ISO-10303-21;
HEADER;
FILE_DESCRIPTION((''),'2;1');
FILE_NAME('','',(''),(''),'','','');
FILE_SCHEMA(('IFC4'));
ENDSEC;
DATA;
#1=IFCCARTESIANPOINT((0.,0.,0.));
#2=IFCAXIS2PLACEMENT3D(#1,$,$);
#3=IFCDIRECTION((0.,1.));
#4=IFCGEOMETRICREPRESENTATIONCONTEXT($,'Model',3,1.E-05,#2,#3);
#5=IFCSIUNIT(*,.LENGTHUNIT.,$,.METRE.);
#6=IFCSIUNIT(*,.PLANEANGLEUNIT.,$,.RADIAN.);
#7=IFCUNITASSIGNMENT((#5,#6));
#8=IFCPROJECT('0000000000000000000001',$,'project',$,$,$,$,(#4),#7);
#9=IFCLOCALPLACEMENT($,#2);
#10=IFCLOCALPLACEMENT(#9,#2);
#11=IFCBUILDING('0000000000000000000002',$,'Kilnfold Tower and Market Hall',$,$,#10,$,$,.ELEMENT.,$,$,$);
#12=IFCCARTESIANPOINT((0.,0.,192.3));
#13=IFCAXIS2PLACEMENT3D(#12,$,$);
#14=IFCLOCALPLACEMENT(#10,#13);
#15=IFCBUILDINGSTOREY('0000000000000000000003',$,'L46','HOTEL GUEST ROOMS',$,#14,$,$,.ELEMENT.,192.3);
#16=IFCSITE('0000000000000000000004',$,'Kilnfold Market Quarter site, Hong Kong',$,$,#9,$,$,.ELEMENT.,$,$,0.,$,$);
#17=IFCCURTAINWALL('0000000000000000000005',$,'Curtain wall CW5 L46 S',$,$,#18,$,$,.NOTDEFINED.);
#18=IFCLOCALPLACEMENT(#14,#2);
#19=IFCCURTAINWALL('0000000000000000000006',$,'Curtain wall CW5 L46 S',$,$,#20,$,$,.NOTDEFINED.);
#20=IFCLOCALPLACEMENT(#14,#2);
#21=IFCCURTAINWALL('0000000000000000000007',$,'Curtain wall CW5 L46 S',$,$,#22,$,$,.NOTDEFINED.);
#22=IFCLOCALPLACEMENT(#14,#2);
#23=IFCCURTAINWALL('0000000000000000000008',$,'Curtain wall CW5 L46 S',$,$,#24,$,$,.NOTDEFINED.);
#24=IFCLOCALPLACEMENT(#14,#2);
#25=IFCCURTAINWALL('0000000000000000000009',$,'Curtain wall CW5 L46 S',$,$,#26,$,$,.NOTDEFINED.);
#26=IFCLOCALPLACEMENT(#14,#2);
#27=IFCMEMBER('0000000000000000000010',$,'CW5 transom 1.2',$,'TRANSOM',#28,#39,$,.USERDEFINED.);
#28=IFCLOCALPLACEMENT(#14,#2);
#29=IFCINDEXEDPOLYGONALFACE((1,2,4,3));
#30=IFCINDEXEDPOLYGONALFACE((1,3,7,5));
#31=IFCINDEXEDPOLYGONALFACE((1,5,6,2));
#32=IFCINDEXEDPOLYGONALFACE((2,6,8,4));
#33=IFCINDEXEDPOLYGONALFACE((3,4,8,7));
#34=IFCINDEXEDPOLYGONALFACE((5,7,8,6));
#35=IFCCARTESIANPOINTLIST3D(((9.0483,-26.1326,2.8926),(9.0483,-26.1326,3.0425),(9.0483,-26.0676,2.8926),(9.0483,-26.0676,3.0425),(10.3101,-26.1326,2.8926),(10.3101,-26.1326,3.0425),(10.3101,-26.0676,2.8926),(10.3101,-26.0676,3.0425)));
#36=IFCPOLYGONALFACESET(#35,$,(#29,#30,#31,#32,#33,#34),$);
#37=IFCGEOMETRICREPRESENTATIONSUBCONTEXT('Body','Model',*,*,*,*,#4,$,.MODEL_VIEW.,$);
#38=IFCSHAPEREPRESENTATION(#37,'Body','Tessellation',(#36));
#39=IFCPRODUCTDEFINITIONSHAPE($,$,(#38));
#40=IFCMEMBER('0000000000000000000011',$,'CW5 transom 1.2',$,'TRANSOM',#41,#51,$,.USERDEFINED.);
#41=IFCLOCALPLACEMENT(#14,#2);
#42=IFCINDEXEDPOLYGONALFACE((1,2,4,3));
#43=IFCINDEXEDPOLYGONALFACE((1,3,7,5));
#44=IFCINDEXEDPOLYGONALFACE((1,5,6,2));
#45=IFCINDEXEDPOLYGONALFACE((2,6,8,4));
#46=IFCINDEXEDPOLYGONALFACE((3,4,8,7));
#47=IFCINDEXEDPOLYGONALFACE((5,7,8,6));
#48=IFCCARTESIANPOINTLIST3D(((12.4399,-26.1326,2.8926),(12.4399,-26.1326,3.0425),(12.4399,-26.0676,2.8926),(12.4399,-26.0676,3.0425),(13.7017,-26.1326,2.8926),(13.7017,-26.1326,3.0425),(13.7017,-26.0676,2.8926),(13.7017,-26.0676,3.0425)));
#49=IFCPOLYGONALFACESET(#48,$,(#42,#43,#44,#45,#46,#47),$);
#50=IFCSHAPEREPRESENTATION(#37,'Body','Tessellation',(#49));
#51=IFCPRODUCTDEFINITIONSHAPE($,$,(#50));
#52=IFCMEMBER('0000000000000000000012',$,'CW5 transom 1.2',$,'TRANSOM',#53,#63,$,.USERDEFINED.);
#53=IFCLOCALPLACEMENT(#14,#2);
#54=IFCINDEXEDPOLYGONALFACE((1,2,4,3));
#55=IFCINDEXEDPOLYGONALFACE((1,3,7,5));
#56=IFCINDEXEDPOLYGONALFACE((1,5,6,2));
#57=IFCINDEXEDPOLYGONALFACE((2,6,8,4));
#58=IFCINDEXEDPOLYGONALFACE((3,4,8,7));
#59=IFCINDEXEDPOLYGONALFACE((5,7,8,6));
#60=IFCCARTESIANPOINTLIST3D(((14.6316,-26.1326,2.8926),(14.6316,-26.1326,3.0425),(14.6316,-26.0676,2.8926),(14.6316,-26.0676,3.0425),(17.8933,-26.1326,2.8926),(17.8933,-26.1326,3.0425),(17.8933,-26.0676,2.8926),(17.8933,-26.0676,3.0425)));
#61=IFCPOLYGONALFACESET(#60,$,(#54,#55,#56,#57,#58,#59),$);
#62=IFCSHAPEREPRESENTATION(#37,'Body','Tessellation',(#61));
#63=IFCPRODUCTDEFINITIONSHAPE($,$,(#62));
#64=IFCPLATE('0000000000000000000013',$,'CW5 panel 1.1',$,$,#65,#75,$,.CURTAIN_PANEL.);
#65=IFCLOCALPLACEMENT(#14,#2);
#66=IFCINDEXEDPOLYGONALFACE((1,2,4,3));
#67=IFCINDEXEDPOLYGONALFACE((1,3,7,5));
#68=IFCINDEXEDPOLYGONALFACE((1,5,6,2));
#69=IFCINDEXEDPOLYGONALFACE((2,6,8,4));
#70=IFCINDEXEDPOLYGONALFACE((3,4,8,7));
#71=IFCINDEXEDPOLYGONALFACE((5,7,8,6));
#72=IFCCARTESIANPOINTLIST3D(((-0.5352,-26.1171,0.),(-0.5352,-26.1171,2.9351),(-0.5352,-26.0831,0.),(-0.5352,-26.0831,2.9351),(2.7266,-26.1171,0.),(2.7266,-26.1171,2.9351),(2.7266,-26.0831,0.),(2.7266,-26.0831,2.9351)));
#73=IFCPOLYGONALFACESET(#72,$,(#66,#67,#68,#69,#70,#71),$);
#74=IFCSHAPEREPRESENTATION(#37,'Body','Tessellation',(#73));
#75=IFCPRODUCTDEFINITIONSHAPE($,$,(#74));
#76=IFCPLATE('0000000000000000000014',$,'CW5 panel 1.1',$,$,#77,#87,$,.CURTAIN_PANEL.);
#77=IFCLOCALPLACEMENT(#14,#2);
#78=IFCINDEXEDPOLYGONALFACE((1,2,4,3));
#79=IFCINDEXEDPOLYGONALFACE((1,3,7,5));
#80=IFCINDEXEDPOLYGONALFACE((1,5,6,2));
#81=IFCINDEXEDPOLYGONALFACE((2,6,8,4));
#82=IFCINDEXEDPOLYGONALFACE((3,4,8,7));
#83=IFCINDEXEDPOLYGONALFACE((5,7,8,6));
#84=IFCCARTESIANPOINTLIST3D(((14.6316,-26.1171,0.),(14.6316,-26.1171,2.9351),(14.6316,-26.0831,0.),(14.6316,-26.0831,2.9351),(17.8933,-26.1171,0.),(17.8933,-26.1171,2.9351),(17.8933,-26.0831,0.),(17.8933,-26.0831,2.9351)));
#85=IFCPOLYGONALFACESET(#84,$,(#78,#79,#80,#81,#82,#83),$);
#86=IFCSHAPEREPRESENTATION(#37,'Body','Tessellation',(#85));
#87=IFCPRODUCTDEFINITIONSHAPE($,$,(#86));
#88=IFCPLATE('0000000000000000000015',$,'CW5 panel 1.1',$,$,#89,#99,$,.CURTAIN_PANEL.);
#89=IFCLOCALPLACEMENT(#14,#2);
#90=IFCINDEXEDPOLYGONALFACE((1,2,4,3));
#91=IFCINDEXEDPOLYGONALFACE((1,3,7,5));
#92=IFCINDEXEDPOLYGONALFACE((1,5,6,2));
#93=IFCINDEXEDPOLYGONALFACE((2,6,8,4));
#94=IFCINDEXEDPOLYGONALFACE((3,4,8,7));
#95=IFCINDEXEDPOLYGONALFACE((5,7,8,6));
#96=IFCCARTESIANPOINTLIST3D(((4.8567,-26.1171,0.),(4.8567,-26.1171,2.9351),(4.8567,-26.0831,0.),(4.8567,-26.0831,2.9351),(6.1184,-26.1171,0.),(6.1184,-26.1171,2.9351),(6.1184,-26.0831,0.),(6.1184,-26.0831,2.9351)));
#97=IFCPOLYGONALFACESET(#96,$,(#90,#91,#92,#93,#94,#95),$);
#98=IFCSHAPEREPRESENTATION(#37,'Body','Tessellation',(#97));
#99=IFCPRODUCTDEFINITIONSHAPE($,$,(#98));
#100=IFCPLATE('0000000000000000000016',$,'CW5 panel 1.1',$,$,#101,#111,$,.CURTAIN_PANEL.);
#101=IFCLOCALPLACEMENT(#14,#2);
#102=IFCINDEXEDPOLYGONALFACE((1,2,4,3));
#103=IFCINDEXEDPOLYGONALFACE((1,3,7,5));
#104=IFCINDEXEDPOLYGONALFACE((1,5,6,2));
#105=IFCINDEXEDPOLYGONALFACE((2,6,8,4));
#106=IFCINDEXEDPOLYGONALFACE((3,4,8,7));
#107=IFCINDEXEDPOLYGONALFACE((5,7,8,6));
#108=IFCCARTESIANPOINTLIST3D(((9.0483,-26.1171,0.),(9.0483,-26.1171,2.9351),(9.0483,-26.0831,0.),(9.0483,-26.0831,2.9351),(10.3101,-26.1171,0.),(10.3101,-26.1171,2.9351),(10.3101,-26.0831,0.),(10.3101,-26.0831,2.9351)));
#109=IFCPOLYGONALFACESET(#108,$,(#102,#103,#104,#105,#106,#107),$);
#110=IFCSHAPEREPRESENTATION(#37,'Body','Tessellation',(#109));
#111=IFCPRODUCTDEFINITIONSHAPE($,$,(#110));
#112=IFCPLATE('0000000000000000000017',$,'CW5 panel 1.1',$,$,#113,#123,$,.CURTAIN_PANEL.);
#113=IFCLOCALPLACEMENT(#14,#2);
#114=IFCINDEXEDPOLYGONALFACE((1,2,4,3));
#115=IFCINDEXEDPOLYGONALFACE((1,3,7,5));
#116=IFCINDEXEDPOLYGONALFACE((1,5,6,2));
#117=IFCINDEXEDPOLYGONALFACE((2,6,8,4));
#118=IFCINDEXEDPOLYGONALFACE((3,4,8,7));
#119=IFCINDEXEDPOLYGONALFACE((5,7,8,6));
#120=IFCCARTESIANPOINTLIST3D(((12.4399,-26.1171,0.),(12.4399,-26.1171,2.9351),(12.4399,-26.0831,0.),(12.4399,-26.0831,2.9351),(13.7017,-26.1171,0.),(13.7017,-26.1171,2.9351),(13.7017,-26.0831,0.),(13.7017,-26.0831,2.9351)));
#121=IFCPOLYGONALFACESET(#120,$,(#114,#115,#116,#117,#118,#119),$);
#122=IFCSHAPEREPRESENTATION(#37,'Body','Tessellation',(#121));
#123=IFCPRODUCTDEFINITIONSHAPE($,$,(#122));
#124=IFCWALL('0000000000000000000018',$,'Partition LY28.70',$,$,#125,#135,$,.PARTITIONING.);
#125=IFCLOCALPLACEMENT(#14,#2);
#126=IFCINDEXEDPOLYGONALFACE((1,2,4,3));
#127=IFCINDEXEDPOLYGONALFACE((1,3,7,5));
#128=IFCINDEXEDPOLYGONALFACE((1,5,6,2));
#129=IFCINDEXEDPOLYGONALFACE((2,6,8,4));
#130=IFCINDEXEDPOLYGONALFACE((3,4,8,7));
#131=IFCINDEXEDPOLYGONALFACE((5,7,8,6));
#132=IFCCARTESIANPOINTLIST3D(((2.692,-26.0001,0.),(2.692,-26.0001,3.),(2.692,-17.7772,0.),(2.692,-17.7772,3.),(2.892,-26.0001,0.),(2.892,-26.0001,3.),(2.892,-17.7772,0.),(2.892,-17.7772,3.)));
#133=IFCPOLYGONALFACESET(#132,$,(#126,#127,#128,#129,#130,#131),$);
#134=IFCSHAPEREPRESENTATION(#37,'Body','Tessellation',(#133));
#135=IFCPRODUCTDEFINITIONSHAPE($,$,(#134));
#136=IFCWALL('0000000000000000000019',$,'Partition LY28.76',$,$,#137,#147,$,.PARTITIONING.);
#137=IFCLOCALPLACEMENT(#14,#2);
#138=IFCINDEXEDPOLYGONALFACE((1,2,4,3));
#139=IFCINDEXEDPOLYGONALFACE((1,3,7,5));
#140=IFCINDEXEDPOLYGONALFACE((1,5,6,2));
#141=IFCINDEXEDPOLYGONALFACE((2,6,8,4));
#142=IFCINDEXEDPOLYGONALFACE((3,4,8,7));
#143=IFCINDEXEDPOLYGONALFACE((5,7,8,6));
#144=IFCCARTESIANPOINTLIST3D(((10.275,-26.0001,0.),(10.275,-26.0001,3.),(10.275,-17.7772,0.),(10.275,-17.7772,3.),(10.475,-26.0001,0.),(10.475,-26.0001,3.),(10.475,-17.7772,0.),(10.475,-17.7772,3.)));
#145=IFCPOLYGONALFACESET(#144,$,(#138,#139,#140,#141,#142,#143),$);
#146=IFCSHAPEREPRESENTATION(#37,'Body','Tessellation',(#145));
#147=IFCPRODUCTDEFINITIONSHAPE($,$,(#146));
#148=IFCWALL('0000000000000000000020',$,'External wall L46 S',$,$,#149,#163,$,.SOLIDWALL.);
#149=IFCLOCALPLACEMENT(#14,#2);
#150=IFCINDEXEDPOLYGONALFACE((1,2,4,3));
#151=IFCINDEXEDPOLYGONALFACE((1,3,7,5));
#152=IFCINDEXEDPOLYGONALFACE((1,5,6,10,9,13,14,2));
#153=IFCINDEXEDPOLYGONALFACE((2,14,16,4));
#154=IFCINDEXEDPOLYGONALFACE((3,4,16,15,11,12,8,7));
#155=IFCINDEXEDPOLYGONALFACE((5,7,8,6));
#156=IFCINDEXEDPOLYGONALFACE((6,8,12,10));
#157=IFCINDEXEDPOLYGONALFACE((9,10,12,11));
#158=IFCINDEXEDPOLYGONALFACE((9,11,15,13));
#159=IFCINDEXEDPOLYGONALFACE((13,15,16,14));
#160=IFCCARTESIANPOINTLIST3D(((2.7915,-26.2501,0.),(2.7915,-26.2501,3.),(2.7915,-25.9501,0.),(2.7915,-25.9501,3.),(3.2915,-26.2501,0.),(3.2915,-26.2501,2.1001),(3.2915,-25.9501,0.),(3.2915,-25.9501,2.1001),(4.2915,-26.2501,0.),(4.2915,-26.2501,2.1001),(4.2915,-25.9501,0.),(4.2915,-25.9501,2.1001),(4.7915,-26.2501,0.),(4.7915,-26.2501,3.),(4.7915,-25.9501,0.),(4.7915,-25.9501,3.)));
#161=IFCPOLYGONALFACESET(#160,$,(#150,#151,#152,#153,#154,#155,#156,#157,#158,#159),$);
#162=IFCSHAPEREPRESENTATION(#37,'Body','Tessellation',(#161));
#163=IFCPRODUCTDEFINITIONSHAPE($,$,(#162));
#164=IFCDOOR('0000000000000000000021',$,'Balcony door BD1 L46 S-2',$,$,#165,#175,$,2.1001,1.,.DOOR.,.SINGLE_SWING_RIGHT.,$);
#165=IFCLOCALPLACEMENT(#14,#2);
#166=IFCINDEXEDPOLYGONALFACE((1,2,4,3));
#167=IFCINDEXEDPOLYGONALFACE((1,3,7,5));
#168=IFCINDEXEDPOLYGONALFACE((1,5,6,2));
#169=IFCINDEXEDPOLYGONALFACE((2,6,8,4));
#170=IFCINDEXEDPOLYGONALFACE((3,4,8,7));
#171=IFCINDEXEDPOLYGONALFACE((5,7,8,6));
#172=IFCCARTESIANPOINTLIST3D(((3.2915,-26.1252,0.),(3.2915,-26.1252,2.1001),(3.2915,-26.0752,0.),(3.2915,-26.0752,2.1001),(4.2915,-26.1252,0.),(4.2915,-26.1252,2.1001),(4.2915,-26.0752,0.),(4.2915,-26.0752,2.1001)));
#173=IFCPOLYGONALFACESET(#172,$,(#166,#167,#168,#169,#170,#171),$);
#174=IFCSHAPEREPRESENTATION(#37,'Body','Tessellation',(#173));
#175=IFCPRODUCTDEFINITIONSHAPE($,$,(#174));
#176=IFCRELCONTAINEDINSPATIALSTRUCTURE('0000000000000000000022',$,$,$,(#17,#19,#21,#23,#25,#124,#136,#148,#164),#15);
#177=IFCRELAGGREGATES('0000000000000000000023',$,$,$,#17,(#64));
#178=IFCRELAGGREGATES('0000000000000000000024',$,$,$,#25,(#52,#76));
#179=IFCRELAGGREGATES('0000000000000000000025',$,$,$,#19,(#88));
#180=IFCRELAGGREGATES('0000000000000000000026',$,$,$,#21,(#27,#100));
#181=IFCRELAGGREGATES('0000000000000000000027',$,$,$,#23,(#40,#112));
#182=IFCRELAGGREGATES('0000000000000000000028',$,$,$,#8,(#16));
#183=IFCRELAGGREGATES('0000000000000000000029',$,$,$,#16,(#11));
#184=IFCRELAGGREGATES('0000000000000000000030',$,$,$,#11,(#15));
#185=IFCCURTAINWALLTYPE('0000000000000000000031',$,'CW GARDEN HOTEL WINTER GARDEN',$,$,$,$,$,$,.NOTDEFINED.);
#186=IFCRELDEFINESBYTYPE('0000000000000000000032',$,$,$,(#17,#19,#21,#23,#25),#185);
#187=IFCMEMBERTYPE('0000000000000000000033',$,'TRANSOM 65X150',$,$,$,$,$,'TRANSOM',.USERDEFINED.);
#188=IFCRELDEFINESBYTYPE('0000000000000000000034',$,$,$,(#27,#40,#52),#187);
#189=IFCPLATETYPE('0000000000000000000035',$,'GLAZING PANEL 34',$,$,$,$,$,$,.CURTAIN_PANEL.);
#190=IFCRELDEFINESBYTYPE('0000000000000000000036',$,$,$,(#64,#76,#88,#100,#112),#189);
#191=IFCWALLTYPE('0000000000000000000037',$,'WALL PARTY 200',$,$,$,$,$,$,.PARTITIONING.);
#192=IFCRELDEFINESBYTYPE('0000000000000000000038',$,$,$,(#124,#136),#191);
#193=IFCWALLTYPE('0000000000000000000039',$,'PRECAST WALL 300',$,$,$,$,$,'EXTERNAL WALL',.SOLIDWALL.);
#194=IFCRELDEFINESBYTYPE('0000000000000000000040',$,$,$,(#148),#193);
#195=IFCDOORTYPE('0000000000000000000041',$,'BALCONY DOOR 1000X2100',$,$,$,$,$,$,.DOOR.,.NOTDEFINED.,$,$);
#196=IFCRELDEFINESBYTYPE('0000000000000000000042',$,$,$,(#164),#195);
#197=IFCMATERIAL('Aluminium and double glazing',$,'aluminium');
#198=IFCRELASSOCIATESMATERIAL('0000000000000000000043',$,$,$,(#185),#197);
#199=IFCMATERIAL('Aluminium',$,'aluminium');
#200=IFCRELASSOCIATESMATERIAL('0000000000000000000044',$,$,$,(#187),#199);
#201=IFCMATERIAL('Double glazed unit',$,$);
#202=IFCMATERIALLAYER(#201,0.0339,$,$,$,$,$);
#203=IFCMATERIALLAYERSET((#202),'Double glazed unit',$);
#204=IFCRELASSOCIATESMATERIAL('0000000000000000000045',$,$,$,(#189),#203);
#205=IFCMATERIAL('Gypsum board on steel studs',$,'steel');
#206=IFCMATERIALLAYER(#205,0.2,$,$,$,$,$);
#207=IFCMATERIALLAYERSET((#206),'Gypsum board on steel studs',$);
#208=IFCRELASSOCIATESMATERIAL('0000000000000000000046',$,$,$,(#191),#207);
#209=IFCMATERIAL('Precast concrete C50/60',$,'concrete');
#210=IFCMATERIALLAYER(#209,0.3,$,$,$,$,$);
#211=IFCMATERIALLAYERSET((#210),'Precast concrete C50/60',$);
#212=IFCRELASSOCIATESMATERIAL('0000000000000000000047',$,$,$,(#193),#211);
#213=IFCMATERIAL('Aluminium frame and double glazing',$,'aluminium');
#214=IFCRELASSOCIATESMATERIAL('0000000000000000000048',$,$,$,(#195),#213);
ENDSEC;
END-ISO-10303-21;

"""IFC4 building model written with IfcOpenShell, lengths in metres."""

from ifc_helpers import new_model, si_unit, direction, frame, frame_2d, origin, origin_2d, place, context, subcontext, project, spatial, rectangle, extrude, source, transform, mapped, material, layer, layer_set, material_profile, profile_set, type_object, element, fill, aggregate, save


model = new_model("IFC4")

# Units and contexts
model_context = context("Model", 3, precision=1e-05, world=origin(), true_north=direction((0.0, 1.0)))
body_context = subcontext(model_context, "Body", "Model", "MODEL_VIEW")
ifc_project = project(units=[si_unit("LENGTHUNIT", "METRE"), si_unit("PLANEANGLEUNIT", "RADIAN")], contexts=[model_context])

# Site, building, storey
site_placement = place(None, origin())
site = spatial("IfcSite", under=ifc_project, at=site_placement, Name="Kilnfold Market Quarter site, Hong Kong", CompositionType="ELEMENT", RefElevation=0.0)
building_placement = place(site_placement, origin())
building = spatial("IfcBuilding", under=site, at=building_placement, Name="Kilnfold Tower and Market Hall", CompositionType="ELEMENT")
storey_placement = place(building_placement, frame((0.0, 0.0, 192.3)))
storey = spatial("IfcBuildingStorey", under=building, at=storey_placement, Name="L46", Description="HOTEL GUEST ROOMS", CompositionType="ELEMENT", Elevation=192.3)

# Curtain walls
ifc_material_1 = material(Name="Aluminium and double glazing", Category="aluminium")
curtain_wall_type = type_object("IfcCurtainWallType", Name="CW GARDEN HOTEL WINTER GARDEN", PredefinedType="NOTDEFINED", material=ifc_material_1)
curtain_wall_1_placement = place(storey_placement, origin())
curtain_wall_1 = element("IfcCurtainWall", 1, at=curtain_wall_1_placement, inside=storey, type_object=curtain_wall_type, Name="Curtain wall CW5 L46 S", PredefinedType="NOTDEFINED")
curtain_wall_2_placement = place(storey_placement, origin())
curtain_wall_2 = element("IfcCurtainWall", 2, at=curtain_wall_2_placement, inside=storey, type_object=curtain_wall_type, Name="Curtain wall CW5 L46 S", PredefinedType="NOTDEFINED")
curtain_wall_3_placement = place(storey_placement, origin())
curtain_wall_3 = element("IfcCurtainWall", 3, at=curtain_wall_3_placement, inside=storey, type_object=curtain_wall_type, Name="Curtain wall CW5 L46 S", PredefinedType="NOTDEFINED")
curtain_wall_4_placement = place(storey_placement, origin())
curtain_wall_4 = element("IfcCurtainWall", 4, at=curtain_wall_4_placement, inside=storey, type_object=curtain_wall_type, Name="Curtain wall CW5 L46 S", PredefinedType="NOTDEFINED")

# Curtain wall
curtain_wall_5_placement = place(storey_placement, origin())
curtain_wall_5 = element("IfcCurtainWall", 5, at=curtain_wall_5_placement, inside=storey, type_object=curtain_wall_type, Name="Curtain wall CW5 L46 S", PredefinedType="NOTDEFINED")

# Members
ifc_material_2 = material(Name="Aluminium", Category="aluminium")
ifc_material_profile_1 = material_profile(ifc_material_2, rectangle(XDim=0.0649, YDim=0.1499, at=origin_2d()), Name="TRANSOM 65x150")
ifc_profile_set_1 = profile_set([ifc_material_profile_1], Name="Aluminium")
member_type_1 = type_object("IfcMemberType", Name="TRANSOM 65X150", ElementType="TRANSOM", PredefinedType="USERDEFINED", material=ifc_profile_set_1)
shared_shape_1 = source(origin(), body_context, "Body", "SweptSolid", [
    extrude(rectangle(XDim=0.0649, YDim=0.1499, at=origin_2d()), origin(), (0.0, 0.0, 1.0), 1.2617),
])
member_1_placement = place(storey_placement, frame((9.0483, -26.1001, 2.9675), z_axis=(1.0, 0.0, 0.0), x_axis=(0.0, 1.0, 0.0)))
member_1 = element("IfcMember", 6, at=member_1_placement, type_object=member_type_1, Name="CW5 transom 1.2", ObjectType="TRANSOM", PredefinedType="USERDEFINED", context=body_context, shape_type="MappedRepresentation", body=[
    mapped(shared_shape_1, transform((0.0, 0.0, 0.0))),
])
member_2_placement = place(storey_placement, frame((12.4399, -26.1001, 2.9675), z_axis=(1.0, 0.0, 0.0), x_axis=(0.0, 1.0, 0.0)))
member_2 = element("IfcMember", 7, at=member_2_placement, type_object=member_type_1, Name="CW5 transom 1.2", ObjectType="TRANSOM", PredefinedType="USERDEFINED", context=body_context, shape_type="MappedRepresentation", body=[
    mapped(shared_shape_1, transform((0.0, 0.0, 0.0))),
])
shared_shape_2 = source(origin(), body_context, "Body", "SweptSolid", [
    extrude(rectangle(XDim=0.0649, YDim=0.1499, at=origin_2d()), origin(), (0.0, 0.0, 1.0), 3.2617),
])
member_3_placement = place(storey_placement, frame((14.6316, -26.1001, 2.9675), z_axis=(1.0, 0.0, 0.0), x_axis=(0.0, 1.0, 0.0)))
member_3 = element("IfcMember", 8, at=member_3_placement, type_object=member_type_1, Name="CW5 transom 1.2", ObjectType="TRANSOM", PredefinedType="USERDEFINED", context=body_context, shape_type="MappedRepresentation", body=[
    mapped(shared_shape_2, transform((0.0, 0.0, 0.0))),
])

# Plates
ifc_material_3 = material(Name="Double glazed unit")
ifc_layer_1 = layer(ifc_material_3, 0.0339)
ifc_layer_set_1 = layer_set([ifc_layer_1], Name="Double glazed unit")
plate_type = type_object("IfcPlateType", Name="GLAZING PANEL 34", PredefinedType="CURTAIN_PANEL", material=ifc_layer_set_1)
shared_shape_3 = source(origin(), body_context, "Body", "SweptSolid", [
    extrude(rectangle(XDim=3.2617, YDim=0.0339, at=origin_2d()), origin(), (0.0, 0.0, 1.0), 2.9351),
])
plate_1_placement = place(storey_placement, frame((1.0957, -26.1001, 0.0), z_axis=(0.0, 0.0, 1.0), x_axis=(1.0, 0.0, 0.0)))
plate_1 = element("IfcPlate", 9, at=plate_1_placement, type_object=plate_type, Name="CW5 panel 1.1", PredefinedType="CURTAIN_PANEL", context=body_context, shape_type="MappedRepresentation", body=[
    mapped(shared_shape_3, transform((0.0, 0.0, 0.0))),
])
aggregate(curtain_wall_1, [plate_1])
plate_2_placement = place(storey_placement, frame((16.2625, -26.1001, 0.0), z_axis=(0.0, 0.0, 1.0), x_axis=(1.0, 0.0, 0.0)))
plate_2 = element("IfcPlate", 10, at=plate_2_placement, type_object=plate_type, Name="CW5 panel 1.1", PredefinedType="CURTAIN_PANEL", context=body_context, shape_type="MappedRepresentation", body=[
    mapped(shared_shape_3, transform((0.0, 0.0, 0.0))),
])
aggregate(curtain_wall_5, [member_3, plate_2])
shared_shape_4 = source(origin(), body_context, "Body", "SweptSolid", [
    extrude(rectangle(XDim=1.2617, YDim=0.0339, at=origin_2d()), origin(), (0.0, 0.0, 1.0), 2.9351),
])
plate_3_placement = place(storey_placement, frame((5.4875, -26.1001, 0.0), z_axis=(0.0, 0.0, 1.0), x_axis=(1.0, 0.0, 0.0)))
plate_3 = element("IfcPlate", 11, at=plate_3_placement, type_object=plate_type, Name="CW5 panel 1.1", PredefinedType="CURTAIN_PANEL", context=body_context, shape_type="MappedRepresentation", body=[
    mapped(shared_shape_4, transform((0.0, 0.0, 0.0))),
])
aggregate(curtain_wall_2, [plate_3])
plate_4_placement = place(storey_placement, frame((9.6792, -26.1001, 0.0), z_axis=(0.0, 0.0, 1.0), x_axis=(1.0, 0.0, 0.0)))
plate_4 = element("IfcPlate", 12, at=plate_4_placement, type_object=plate_type, Name="CW5 panel 1.1", PredefinedType="CURTAIN_PANEL", context=body_context, shape_type="MappedRepresentation", body=[
    mapped(shared_shape_4, transform((0.0, 0.0, 0.0))),
])
aggregate(curtain_wall_3, [member_1, plate_4])
plate_5_placement = place(storey_placement, frame((13.0708, -26.1001, 0.0), z_axis=(0.0, 0.0, 1.0), x_axis=(1.0, 0.0, 0.0)))
plate_5 = element("IfcPlate", 13, at=plate_5_placement, type_object=plate_type, Name="CW5 panel 1.1", PredefinedType="CURTAIN_PANEL", context=body_context, shape_type="MappedRepresentation", body=[
    mapped(shared_shape_4, transform((0.0, 0.0, 0.0))),
])
aggregate(curtain_wall_4, [member_2, plate_5])

# Walls
ifc_material_4 = material(Name="Gypsum board on steel studs", Category="steel")
ifc_layer_2 = layer(ifc_material_4, 0.2)
ifc_layer_set_2 = layer_set([ifc_layer_2], Name="Gypsum board on steel studs")
wall_type_1 = type_object("IfcWallType", Name="WALL PARTY 200", PredefinedType="PARTITIONING", material=ifc_layer_set_2)
for number, where, z_axis, x_axis, name in (
    (14, (2.792, -26.0, 0.0), (0.0, 0.0, 1.0), (0.0, 1.0, 0.0), "Partition LY28.70"),
    (15, (10.375, -26.0, 0.0), (0.0, 0.0, 1.0), (0.0, 1.0, 0.0), "Partition LY28.76"),
):
    element("IfcWall", number, at=place(storey_placement, frame(where, z_axis=z_axis, x_axis=x_axis)), inside=storey, type_object=wall_type_1, Name=name, PredefinedType="PARTITIONING", context=body_context, shape_type="SweptSolid", body=[
        extrude(rectangle(XDim=8.2229, YDim=0.2, at=frame_2d((4.1113, 0.0))), origin(), (0.0, 0.0, 1.0), 3.0),
    ])

# Wall, opening, door
ifc_material_5 = material(Name="Precast concrete C50/60", Category="concrete")
ifc_layer_3 = layer(ifc_material_5, 0.3)
ifc_layer_set_3 = layer_set([ifc_layer_3], Name="Precast concrete C50/60")
wall_type_2 = type_object("IfcWallType", Name="PRECAST WALL 300", ElementType="EXTERNAL WALL", PredefinedType="SOLIDWALL", material=ifc_layer_set_3)
shared_shape_5 = source(origin(), body_context, "Body", "SweptSolid", [
    extrude(rectangle(XDim=2.0, YDim=0.3, at=frame_2d((1.0, 0.0))), origin(), (0.0, 0.0, 1.0), 3.0),
])
wall_1_placement = place(storey_placement, frame((2.7915, -26.1001, 0.0), z_axis=(0.0, 0.0, 1.0), x_axis=(1.0, 0.0, 0.0)))
wall_1 = element("IfcWall", 16, at=wall_1_placement, inside=storey, type_object=wall_type_2, Name="External wall L46 S", PredefinedType="SOLIDWALL", context=body_context, shape_type="MappedRepresentation", body=[
    mapped(shared_shape_5, transform((0.0, 0.0, 0.0))),
])
opening_1_placement = place(wall_1_placement, frame((0.5, 0.0, 0.0)))
opening_1 = element("IfcOpeningElement", 17, at=opening_1_placement, cuts=wall_1, PredefinedType="OPENING", context=body_context, shape_type="SweptSolid", body=[
    extrude(rectangle(XDim=1.0, YDim=2.1001, at=frame_2d((0.5, 1.05))), frame((0.0, 0.1602, 0.0), z_axis=(0.0, -1.0, 0.0), x_axis=(1.0, 0.0, 0.0)), (0.0, 0.0, 1.0), 0.3201),
])
ifc_material_6 = material(Name="Aluminium frame and double glazing", Category="aluminium")
door_type = type_object("IfcDoorType", Name="BALCONY DOOR 1000X2100", OperationType="NOTDEFINED", PredefinedType="DOOR", material=ifc_material_6)
door_1_placement = place(opening_1_placement, origin())
door_1 = element("IfcDoor", 18, at=door_1_placement, inside=storey, type_object=door_type, Name="Balcony door BD1 L46 S-2", OperationType="SINGLE_SWING_RIGHT", OverallHeight=2.1001, OverallWidth=1.0, PredefinedType="DOOR", context=body_context, shape_type="SweptSolid", body=[
    extrude(rectangle(XDim=1.0, YDim=2.1001, at=frame_2d((0.5, 1.05))), frame((0.0, 0.0249, 0.0), z_axis=(0.0, -1.0, 0.0), x_axis=(1.0, 0.0, 0.0)), (0.0, 0.0, 1.0), 0.05),
])
fill(opening_1, door_1)

save(model, "model.ifc")
